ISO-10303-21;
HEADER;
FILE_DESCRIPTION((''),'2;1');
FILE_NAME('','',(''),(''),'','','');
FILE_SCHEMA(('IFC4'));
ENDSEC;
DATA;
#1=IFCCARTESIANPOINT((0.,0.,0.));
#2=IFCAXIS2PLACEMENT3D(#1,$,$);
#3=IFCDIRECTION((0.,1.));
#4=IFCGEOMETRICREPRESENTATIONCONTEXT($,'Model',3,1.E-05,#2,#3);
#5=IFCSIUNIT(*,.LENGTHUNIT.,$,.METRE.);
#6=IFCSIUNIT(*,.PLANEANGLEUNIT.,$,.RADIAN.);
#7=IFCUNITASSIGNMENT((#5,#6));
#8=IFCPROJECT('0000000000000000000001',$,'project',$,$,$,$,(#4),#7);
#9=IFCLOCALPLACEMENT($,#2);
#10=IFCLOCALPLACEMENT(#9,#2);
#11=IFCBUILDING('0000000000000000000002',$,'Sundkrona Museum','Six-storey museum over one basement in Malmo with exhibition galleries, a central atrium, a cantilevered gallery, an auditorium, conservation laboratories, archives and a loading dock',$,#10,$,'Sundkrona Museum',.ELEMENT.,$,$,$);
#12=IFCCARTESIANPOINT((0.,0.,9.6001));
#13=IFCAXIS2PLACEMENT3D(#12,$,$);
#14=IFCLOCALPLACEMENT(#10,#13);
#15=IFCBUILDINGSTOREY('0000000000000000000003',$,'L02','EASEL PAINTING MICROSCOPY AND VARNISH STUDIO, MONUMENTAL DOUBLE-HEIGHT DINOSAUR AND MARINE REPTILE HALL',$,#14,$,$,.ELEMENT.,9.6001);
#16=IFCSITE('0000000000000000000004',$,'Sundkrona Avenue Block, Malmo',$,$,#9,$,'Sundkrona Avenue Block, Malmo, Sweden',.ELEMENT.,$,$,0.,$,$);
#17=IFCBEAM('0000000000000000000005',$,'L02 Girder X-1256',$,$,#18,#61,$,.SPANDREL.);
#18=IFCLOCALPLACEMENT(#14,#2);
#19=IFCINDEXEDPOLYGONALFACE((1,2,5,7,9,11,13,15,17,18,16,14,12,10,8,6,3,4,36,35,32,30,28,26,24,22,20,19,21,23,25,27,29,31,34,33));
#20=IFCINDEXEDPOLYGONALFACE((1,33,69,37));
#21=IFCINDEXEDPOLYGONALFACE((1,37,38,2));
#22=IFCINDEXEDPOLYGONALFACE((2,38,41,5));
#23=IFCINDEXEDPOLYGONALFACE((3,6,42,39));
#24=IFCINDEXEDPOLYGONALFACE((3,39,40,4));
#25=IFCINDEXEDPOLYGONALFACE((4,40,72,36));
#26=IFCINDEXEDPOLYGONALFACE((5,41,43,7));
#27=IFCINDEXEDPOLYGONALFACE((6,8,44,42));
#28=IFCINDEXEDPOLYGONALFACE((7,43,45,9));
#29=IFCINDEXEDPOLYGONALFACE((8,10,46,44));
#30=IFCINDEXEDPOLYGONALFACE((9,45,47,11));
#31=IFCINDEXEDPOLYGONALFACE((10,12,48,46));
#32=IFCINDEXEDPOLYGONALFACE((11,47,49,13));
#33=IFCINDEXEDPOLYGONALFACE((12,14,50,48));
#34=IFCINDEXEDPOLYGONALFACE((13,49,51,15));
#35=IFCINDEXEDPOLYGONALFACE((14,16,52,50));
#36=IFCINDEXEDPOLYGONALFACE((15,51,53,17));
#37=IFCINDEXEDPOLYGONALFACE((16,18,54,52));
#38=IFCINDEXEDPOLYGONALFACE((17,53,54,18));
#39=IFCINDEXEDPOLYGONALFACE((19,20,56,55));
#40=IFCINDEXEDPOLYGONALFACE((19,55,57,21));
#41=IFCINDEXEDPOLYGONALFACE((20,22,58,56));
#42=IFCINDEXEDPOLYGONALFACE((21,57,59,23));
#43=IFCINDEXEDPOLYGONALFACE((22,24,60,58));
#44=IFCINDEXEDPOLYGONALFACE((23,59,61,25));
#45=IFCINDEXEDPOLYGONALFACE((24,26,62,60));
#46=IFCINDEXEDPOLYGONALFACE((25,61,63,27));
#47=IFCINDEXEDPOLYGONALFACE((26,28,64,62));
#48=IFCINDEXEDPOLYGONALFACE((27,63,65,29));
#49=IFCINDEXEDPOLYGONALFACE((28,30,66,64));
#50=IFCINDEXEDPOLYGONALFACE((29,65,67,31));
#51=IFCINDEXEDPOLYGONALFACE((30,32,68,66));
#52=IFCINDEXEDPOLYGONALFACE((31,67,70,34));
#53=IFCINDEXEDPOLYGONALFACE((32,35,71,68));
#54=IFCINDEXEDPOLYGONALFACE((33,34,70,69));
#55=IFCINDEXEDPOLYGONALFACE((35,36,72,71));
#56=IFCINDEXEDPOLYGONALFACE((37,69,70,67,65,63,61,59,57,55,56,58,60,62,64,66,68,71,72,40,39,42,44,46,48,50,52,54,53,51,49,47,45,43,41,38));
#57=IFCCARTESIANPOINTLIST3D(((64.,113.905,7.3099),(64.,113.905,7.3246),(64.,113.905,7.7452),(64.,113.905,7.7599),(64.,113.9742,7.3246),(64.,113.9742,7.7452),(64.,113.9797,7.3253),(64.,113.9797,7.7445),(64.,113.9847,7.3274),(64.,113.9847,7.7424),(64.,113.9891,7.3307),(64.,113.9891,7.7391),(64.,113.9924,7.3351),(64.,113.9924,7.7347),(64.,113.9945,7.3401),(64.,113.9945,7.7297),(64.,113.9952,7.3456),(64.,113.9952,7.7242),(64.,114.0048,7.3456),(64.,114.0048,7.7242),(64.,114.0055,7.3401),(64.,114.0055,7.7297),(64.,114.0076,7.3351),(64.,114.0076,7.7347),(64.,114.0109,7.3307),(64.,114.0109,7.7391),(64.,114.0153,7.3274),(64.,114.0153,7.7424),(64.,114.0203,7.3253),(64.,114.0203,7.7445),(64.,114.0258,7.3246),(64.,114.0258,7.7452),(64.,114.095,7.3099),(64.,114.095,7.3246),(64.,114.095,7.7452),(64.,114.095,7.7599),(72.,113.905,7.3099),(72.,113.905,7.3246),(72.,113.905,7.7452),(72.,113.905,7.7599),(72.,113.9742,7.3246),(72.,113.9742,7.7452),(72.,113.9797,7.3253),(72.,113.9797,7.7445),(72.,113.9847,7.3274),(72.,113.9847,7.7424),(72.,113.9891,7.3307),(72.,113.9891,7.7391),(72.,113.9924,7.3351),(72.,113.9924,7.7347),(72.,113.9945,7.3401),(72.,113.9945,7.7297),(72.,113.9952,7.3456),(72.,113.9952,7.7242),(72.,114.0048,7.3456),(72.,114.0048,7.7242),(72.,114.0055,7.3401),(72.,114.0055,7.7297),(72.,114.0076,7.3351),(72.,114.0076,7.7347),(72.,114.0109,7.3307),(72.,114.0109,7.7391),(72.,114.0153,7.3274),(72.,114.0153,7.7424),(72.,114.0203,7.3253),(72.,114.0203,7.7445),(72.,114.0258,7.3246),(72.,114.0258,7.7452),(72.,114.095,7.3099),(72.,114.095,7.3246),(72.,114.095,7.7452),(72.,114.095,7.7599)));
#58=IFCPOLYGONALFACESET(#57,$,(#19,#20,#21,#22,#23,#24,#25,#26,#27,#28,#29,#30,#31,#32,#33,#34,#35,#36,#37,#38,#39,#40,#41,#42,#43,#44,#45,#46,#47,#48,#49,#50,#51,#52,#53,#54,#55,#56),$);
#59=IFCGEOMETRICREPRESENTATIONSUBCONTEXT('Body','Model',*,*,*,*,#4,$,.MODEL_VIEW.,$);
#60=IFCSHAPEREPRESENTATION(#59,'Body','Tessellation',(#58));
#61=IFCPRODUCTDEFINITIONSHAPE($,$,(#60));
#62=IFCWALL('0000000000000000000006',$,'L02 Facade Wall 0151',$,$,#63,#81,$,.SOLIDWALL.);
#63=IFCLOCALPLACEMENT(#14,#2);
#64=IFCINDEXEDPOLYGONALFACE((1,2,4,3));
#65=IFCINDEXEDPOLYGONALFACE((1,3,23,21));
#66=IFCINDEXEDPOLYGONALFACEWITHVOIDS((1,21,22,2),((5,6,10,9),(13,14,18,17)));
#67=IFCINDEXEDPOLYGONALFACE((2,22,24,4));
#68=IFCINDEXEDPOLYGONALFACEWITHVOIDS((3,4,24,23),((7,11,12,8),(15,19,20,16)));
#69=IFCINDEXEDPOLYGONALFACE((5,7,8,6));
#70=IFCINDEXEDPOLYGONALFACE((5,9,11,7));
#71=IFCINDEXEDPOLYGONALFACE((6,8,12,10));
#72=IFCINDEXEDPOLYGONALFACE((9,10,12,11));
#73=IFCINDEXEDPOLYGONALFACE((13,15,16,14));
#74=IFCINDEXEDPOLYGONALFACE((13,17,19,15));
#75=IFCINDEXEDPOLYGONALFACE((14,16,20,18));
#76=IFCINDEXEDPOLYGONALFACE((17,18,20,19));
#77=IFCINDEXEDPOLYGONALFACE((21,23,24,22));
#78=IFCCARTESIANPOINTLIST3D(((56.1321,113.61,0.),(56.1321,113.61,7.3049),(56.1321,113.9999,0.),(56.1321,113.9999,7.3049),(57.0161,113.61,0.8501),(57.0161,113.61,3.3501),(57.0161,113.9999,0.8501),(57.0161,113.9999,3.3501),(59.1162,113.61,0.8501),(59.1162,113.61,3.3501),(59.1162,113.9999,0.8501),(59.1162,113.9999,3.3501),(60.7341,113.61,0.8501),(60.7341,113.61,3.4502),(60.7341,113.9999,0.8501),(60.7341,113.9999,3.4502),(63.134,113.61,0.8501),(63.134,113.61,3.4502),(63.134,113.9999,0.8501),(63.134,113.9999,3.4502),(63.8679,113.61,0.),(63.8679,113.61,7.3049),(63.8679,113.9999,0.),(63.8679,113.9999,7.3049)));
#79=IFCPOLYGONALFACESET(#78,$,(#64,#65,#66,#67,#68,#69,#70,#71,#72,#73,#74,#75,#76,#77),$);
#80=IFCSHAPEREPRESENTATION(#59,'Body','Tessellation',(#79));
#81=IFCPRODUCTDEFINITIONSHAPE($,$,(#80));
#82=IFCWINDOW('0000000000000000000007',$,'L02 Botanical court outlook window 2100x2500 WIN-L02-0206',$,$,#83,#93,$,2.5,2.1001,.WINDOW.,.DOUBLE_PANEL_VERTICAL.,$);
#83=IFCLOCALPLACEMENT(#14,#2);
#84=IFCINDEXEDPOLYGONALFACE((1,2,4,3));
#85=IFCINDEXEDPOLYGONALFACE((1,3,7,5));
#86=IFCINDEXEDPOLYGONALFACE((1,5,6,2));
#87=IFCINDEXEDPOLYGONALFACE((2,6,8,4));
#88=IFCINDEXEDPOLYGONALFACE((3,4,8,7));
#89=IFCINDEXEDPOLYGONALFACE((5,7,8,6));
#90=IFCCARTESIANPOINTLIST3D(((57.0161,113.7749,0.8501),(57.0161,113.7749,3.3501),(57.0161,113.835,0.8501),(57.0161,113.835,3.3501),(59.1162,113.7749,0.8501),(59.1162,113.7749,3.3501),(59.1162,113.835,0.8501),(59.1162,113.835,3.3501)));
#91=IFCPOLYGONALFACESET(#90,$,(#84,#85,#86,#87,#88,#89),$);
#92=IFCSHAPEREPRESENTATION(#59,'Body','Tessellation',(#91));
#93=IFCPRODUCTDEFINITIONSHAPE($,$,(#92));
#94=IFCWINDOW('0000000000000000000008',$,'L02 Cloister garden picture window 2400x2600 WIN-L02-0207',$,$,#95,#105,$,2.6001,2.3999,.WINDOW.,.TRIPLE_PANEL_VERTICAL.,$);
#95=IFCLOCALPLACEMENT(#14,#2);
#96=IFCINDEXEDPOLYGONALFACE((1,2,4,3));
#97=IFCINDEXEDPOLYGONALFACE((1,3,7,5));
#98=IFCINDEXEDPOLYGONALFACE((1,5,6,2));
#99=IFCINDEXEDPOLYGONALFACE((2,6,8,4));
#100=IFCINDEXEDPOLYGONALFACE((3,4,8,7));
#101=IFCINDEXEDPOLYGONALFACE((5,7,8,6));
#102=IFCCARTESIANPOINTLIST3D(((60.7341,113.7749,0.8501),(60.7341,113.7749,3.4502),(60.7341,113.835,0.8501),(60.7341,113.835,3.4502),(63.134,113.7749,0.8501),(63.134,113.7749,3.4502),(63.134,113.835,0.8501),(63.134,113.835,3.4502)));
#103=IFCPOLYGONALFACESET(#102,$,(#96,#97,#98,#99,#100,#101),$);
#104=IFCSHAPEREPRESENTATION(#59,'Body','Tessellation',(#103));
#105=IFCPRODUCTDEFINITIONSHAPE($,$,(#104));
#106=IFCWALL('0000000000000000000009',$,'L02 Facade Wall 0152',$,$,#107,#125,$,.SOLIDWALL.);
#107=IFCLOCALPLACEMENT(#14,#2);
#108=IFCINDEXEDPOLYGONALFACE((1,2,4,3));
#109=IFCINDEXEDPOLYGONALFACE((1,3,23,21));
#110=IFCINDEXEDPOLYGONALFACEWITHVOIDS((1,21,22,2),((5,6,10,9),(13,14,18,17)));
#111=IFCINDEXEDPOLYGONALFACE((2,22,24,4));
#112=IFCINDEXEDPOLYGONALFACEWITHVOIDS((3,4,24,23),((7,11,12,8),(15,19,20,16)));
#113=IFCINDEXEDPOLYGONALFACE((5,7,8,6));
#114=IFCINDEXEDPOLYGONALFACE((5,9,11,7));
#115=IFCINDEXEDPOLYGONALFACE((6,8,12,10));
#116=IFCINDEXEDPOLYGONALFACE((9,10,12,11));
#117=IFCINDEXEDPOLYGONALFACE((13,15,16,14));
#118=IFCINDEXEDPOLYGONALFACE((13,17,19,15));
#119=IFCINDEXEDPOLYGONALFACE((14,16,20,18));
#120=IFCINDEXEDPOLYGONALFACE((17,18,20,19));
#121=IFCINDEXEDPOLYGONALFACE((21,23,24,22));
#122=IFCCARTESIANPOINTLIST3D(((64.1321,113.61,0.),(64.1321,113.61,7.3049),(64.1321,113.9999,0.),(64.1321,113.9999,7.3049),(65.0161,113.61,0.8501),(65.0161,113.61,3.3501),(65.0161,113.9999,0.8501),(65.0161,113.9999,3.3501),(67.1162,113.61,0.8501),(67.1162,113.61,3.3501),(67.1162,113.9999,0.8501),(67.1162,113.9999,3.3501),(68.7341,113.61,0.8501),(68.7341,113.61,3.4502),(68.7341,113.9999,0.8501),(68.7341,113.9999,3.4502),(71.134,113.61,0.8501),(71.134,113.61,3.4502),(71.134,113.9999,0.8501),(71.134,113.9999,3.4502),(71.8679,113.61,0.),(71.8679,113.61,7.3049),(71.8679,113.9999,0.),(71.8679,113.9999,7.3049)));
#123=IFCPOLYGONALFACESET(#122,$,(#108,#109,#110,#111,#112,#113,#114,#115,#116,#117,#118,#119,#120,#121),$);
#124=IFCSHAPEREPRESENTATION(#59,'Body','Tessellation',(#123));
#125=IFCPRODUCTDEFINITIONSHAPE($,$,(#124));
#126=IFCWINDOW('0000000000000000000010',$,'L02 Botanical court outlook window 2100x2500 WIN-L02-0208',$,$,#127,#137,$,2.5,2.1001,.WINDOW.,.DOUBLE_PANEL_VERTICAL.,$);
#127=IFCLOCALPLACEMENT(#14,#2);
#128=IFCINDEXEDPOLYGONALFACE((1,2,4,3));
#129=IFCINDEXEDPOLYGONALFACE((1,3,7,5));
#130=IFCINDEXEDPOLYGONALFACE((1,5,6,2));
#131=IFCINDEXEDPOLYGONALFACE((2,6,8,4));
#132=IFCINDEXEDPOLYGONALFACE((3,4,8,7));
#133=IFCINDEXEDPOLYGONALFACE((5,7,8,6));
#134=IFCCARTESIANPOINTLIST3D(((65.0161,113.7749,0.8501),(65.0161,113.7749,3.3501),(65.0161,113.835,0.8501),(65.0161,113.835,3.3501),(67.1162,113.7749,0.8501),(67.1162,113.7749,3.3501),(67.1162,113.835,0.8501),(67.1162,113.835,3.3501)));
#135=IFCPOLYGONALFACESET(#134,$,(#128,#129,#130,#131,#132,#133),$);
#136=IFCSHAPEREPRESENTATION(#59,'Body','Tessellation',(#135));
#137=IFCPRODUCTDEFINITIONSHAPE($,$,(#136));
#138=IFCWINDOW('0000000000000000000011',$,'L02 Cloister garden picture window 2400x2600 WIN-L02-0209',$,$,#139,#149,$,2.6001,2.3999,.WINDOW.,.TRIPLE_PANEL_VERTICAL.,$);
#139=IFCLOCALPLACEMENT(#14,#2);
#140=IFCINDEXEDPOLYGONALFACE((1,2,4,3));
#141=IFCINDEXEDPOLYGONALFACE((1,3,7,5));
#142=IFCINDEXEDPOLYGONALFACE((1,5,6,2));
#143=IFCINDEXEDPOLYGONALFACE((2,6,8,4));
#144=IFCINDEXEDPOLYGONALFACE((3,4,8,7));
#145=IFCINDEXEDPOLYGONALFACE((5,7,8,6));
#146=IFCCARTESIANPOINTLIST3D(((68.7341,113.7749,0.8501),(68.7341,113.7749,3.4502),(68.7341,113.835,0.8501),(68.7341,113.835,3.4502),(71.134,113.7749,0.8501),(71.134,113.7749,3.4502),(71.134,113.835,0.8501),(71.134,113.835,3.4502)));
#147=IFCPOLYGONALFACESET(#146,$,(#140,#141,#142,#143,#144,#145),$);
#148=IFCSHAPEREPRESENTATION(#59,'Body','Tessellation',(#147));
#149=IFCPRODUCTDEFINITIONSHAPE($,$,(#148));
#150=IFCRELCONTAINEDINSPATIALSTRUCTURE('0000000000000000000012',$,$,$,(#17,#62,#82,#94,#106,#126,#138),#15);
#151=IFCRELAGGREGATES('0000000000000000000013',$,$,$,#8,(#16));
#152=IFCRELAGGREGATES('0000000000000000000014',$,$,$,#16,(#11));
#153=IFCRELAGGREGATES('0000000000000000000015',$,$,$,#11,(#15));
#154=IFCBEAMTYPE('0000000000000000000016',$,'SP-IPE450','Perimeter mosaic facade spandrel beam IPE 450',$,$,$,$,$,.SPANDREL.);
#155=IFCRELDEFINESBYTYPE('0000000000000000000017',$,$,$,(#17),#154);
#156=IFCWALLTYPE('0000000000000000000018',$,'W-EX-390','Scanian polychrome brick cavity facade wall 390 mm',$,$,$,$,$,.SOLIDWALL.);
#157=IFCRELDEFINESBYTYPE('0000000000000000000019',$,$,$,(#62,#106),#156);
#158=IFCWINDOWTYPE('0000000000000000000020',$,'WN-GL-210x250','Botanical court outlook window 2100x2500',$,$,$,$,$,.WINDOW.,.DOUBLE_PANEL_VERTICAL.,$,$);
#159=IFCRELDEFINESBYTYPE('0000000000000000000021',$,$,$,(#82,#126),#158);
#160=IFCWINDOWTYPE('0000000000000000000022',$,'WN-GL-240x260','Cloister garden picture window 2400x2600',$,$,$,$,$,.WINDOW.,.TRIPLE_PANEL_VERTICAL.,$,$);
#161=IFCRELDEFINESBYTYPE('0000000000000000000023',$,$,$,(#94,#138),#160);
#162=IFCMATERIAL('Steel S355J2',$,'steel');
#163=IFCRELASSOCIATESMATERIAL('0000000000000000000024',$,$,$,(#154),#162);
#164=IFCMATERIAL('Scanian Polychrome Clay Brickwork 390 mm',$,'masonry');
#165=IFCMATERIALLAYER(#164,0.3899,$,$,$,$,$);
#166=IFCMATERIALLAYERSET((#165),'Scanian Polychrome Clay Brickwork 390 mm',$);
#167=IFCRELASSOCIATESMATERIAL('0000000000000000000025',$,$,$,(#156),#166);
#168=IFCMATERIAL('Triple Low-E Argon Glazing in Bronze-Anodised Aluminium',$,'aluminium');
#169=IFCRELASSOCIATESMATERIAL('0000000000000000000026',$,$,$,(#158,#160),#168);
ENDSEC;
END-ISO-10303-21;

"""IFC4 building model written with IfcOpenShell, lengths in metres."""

from ifc_helpers import new_model, si_unit, direction, frame, frame_2d, origin, origin_2d, place, context, subcontext, project, spatial, rectangle, i_section, extrude, material, layer, layer_set, material_profile, profile_set, type_object, element, fill, save


model = new_model("IFC4")

# Units and contexts
model_context = context("Model", 3, precision=1e-05, world=origin(), true_north=direction((0.0, 1.0)))
body_context = subcontext(model_context, "Body", "Model", "MODEL_VIEW")
ifc_project = project(units=[si_unit("LENGTHUNIT", "METRE"), si_unit("PLANEANGLEUNIT", "RADIAN")], contexts=[model_context])

# Site, building, storey
site_placement = place(None, origin())
site = spatial("IfcSite", under=ifc_project, at=site_placement, Name="Sundkrona Avenue Block, Malmo", LongName="Sundkrona Avenue Block, Malmo, Sweden", CompositionType="ELEMENT", RefElevation=0.0)
building_placement = place(site_placement, origin())
building = spatial("IfcBuilding", under=site, at=building_placement, Name="Sundkrona Museum", Description="Six-storey museum over one basement in Malmo with exhibition galleries, a central atrium, a cantilevered gallery, an auditorium, conservation laboratories, archives and a loading dock", LongName="Sundkrona Museum", CompositionType="ELEMENT")
storey_placement = place(building_placement, frame((0.0, 0.0, 9.6001)))
storey = spatial("IfcBuildingStorey", under=building, at=storey_placement, Name="L02", Description="EASEL PAINTING MICROSCOPY AND VARNISH STUDIO, MONUMENTAL DOUBLE-HEIGHT DINOSAUR AND MARINE REPTILE HALL", CompositionType="ELEMENT", Elevation=9.6001)

# Shared definitions
ifc_material_1 = material(Name="Steel S355J2", Category="steel")

# Beam
ifc_material_profile_1 = material_profile(ifc_material_1, i_section(OverallWidth=0.1899, OverallDepth=0.45, WebThickness=0.0095, FlangeThickness=0.0146, FilletRadius=0.021, at=origin_2d()), Name="IPE 450")
ifc_profile_set_1 = profile_set([ifc_material_profile_1], Name="Steel S355J2")
beam_type_1 = type_object("IfcBeamType", Name="SP-IPE450", Description="Perimeter mosaic facade spandrel beam IPE 450", PredefinedType="SPANDREL", material=ifc_profile_set_1)
for number, where, z_axis, x_axis, name in (
    (1, (64.0, 114.0, 7.5349), (1.0, 0.0, 0.0), (0.0, 1.0, 0.0), "L02 Girder X-1256"),
):
    element("IfcBeam", number, at=place(storey_placement, frame(where, z_axis=z_axis, x_axis=x_axis)), inside=storey, type_object=beam_type_1, Name=name, PredefinedType="SPANDREL", context=body_context, shape_type="SweptSolid", body=[
        extrude(i_section(OverallWidth=0.1899, OverallDepth=0.45, WebThickness=0.0095, FlangeThickness=0.0146, FilletRadius=0.021, at=origin_2d()), origin(), (0.0, 0.0, 1.0), 8.0),
    ])

# Walls, openings, windows
ifc_material_2 = material(Name="Scanian Polychrome Clay Brickwork 390 mm", Category="masonry")
ifc_layer_1 = layer(ifc_material_2, 0.3899)
ifc_layer_set_1 = layer_set([ifc_layer_1], Name="Scanian Polychrome Clay Brickwork 390 mm")
wall_type_1 = type_object("IfcWallType", Name="W-EX-390", Description="Scanian polychrome brick cavity facade wall 390 mm", PredefinedType="SOLIDWALL", material=ifc_layer_set_1)
wall_1_placement = place(storey_placement, frame((56.1321, 113.8049, 0.0), z_axis=(0.0, 0.0, 1.0), x_axis=(1.0, 0.0, 0.0)))
wall_1 = element("IfcWall", 2, at=wall_1_placement, inside=storey, type_object=wall_type_1, Name="L02 Facade Wall 0151", PredefinedType="SOLIDWALL", context=body_context, shape_type="SweptSolid", body=[
    extrude(rectangle(XDim=7.7358, YDim=0.3899, at=frame_2d((3.8679, 0.0))), origin(), (0.0, 0.0, 1.0), 7.3049),
])
opening_1_placement = place(wall_1_placement, frame((0.884, 0.0, 0.8501)))
opening_1 = element("IfcOpeningElement", 3, at=opening_1_placement, cuts=wall_1, PredefinedType="OPENING", context=body_context, shape_type="SweptSolid", body=[
    extrude(rectangle(XDim=2.1001, YDim=2.5, at=frame_2d((1.05, 1.25))), frame((0.0, 0.2048, 0.0), z_axis=(0.0, -1.0, 0.0), x_axis=(1.0, 0.0, 0.0)), (0.0, 0.0, 1.0), 0.4099),
])
opening_2_placement = place(wall_1_placement, frame((4.6021, 0.0, 0.8501)))
opening_2 = element("IfcOpeningElement", 4, at=opening_2_placement, cuts=wall_1, PredefinedType="OPENING", context=body_context, shape_type="SweptSolid", body=[
    extrude(rectangle(XDim=2.3999, YDim=2.6001, at=frame_2d((1.2, 1.3))), frame((0.0, 0.2048, 0.0), z_axis=(0.0, -1.0, 0.0), x_axis=(1.0, 0.0, 0.0)), (0.0, 0.0, 1.0), 0.4099),
])
ifc_material_3 = material(Name="Triple Low-E Argon Glazing in Bronze-Anodised Aluminium", Category="aluminium")
window_type_1 = type_object("IfcWindowType", Name="WN-GL-210x250", Description="Botanical court outlook window 2100x2500", PartitioningType="DOUBLE_PANEL_VERTICAL", PredefinedType="WINDOW", material=ifc_material_3)
window_1_placement = place(opening_1_placement, origin())
window_1 = element("IfcWindow", 5, at=window_1_placement, inside=storey, type_object=window_type_1, Name="L02 Botanical court outlook window 2100x2500 WIN-L02-0206", OverallHeight=2.5, OverallWidth=2.1001, PartitioningType="DOUBLE_PANEL_VERTICAL", PredefinedType="WINDOW", context=body_context, shape_type="SweptSolid", body=[
    extrude(rectangle(XDim=2.1001, YDim=2.5, at=frame_2d((1.05, 1.25))), frame((0.0, 0.03, 0.0), z_axis=(0.0, -1.0, 0.0), x_axis=(1.0, 0.0, 0.0)), (0.0, 0.0, 1.0), 0.0601),
])
fill(opening_1, window_1)
window_type_2 = type_object("IfcWindowType", Name="WN-GL-240x260", Description="Cloister garden picture window 2400x2600", PartitioningType="TRIPLE_PANEL_VERTICAL", PredefinedType="WINDOW", material=ifc_material_3)
window_2_placement = place(opening_2_placement, origin())
window_2 = element("IfcWindow", 6, at=window_2_placement, inside=storey, type_object=window_type_2, Name="L02 Cloister garden picture window 2400x2600 WIN-L02-0207", OverallHeight=2.6001, OverallWidth=2.3999, PartitioningType="TRIPLE_PANEL_VERTICAL", PredefinedType="WINDOW", context=body_context, shape_type="SweptSolid", body=[
    extrude(rectangle(XDim=2.3999, YDim=2.6001, at=frame_2d((1.2, 1.3))), frame((0.0, 0.03, 0.0), z_axis=(0.0, -1.0, 0.0), x_axis=(1.0, 0.0, 0.0)), (0.0, 0.0, 1.0), 0.0601),
])
fill(opening_2, window_2)
wall_2_placement = place(storey_placement, frame((64.1321, 113.8049, 0.0), z_axis=(0.0, 0.0, 1.0), x_axis=(1.0, 0.0, 0.0)))
wall_2 = element("IfcWall", 7, at=wall_2_placement, inside=storey, type_object=wall_type_1, Name="L02 Facade Wall 0152", PredefinedType="SOLIDWALL", context=body_context, shape_type="SweptSolid", body=[
    extrude(rectangle(XDim=7.7358, YDim=0.3899, at=frame_2d((3.8679, 0.0))), origin(), (0.0, 0.0, 1.0), 7.3049),
])
opening_3_placement = place(wall_2_placement, frame((0.884, 0.0, 0.8501)))
opening_3 = element("IfcOpeningElement", 8, at=opening_3_placement, cuts=wall_2, PredefinedType="OPENING", context=body_context, shape_type="SweptSolid", body=[
    extrude(rectangle(XDim=2.1001, YDim=2.5, at=frame_2d((1.05, 1.25))), frame((0.0, 0.2048, 0.0), z_axis=(0.0, -1.0, 0.0), x_axis=(1.0, 0.0, 0.0)), (0.0, 0.0, 1.0), 0.4099),
])
opening_4_placement = place(wall_2_placement, frame((4.6021, 0.0, 0.8501)))
opening_4 = element("IfcOpeningElement", 9, at=opening_4_placement, cuts=wall_2, PredefinedType="OPENING", context=body_context, shape_type="SweptSolid", body=[
    extrude(rectangle(XDim=2.3999, YDim=2.6001, at=frame_2d((1.2, 1.3))), frame((0.0, 0.2048, 0.0), z_axis=(0.0, -1.0, 0.0), x_axis=(1.0, 0.0, 0.0)), (0.0, 0.0, 1.0), 0.4099),
])
window_3_placement = place(opening_3_placement, origin())
window_3 = element("IfcWindow", 10, at=window_3_placement, inside=storey, type_object=window_type_1, Name="L02 Botanical court outlook window 2100x2500 WIN-L02-0208", OverallHeight=2.5, OverallWidth=2.1001, PartitioningType="DOUBLE_PANEL_VERTICAL", PredefinedType="WINDOW", context=body_context, shape_type="SweptSolid", body=[
    extrude(rectangle(XDim=2.1001, YDim=2.5, at=frame_2d((1.05, 1.25))), frame((0.0, 0.03, 0.0), z_axis=(0.0, -1.0, 0.0), x_axis=(1.0, 0.0, 0.0)), (0.0, 0.0, 1.0), 0.0601),
])
fill(opening_3, window_3)
window_4_placement = place(opening_4_placement, origin())
window_4 = element("IfcWindow", 11, at=window_4_placement, inside=storey, type_object=window_type_2, Name="L02 Cloister garden picture window 2400x2600 WIN-L02-0209", OverallHeight=2.6001, OverallWidth=2.3999, PartitioningType="TRIPLE_PANEL_VERTICAL", PredefinedType="WINDOW", context=body_context, shape_type="SweptSolid", body=[
    extrude(rectangle(XDim=2.3999, YDim=2.6001, at=frame_2d((1.2, 1.3))), frame((0.0, 0.03, 0.0), z_axis=(0.0, -1.0, 0.0), x_axis=(1.0, 0.0, 0.0)), (0.0, 0.0, 1.0), 0.0601),
])
fill(opening_4, window_4)

save(model, "model.ifc")
